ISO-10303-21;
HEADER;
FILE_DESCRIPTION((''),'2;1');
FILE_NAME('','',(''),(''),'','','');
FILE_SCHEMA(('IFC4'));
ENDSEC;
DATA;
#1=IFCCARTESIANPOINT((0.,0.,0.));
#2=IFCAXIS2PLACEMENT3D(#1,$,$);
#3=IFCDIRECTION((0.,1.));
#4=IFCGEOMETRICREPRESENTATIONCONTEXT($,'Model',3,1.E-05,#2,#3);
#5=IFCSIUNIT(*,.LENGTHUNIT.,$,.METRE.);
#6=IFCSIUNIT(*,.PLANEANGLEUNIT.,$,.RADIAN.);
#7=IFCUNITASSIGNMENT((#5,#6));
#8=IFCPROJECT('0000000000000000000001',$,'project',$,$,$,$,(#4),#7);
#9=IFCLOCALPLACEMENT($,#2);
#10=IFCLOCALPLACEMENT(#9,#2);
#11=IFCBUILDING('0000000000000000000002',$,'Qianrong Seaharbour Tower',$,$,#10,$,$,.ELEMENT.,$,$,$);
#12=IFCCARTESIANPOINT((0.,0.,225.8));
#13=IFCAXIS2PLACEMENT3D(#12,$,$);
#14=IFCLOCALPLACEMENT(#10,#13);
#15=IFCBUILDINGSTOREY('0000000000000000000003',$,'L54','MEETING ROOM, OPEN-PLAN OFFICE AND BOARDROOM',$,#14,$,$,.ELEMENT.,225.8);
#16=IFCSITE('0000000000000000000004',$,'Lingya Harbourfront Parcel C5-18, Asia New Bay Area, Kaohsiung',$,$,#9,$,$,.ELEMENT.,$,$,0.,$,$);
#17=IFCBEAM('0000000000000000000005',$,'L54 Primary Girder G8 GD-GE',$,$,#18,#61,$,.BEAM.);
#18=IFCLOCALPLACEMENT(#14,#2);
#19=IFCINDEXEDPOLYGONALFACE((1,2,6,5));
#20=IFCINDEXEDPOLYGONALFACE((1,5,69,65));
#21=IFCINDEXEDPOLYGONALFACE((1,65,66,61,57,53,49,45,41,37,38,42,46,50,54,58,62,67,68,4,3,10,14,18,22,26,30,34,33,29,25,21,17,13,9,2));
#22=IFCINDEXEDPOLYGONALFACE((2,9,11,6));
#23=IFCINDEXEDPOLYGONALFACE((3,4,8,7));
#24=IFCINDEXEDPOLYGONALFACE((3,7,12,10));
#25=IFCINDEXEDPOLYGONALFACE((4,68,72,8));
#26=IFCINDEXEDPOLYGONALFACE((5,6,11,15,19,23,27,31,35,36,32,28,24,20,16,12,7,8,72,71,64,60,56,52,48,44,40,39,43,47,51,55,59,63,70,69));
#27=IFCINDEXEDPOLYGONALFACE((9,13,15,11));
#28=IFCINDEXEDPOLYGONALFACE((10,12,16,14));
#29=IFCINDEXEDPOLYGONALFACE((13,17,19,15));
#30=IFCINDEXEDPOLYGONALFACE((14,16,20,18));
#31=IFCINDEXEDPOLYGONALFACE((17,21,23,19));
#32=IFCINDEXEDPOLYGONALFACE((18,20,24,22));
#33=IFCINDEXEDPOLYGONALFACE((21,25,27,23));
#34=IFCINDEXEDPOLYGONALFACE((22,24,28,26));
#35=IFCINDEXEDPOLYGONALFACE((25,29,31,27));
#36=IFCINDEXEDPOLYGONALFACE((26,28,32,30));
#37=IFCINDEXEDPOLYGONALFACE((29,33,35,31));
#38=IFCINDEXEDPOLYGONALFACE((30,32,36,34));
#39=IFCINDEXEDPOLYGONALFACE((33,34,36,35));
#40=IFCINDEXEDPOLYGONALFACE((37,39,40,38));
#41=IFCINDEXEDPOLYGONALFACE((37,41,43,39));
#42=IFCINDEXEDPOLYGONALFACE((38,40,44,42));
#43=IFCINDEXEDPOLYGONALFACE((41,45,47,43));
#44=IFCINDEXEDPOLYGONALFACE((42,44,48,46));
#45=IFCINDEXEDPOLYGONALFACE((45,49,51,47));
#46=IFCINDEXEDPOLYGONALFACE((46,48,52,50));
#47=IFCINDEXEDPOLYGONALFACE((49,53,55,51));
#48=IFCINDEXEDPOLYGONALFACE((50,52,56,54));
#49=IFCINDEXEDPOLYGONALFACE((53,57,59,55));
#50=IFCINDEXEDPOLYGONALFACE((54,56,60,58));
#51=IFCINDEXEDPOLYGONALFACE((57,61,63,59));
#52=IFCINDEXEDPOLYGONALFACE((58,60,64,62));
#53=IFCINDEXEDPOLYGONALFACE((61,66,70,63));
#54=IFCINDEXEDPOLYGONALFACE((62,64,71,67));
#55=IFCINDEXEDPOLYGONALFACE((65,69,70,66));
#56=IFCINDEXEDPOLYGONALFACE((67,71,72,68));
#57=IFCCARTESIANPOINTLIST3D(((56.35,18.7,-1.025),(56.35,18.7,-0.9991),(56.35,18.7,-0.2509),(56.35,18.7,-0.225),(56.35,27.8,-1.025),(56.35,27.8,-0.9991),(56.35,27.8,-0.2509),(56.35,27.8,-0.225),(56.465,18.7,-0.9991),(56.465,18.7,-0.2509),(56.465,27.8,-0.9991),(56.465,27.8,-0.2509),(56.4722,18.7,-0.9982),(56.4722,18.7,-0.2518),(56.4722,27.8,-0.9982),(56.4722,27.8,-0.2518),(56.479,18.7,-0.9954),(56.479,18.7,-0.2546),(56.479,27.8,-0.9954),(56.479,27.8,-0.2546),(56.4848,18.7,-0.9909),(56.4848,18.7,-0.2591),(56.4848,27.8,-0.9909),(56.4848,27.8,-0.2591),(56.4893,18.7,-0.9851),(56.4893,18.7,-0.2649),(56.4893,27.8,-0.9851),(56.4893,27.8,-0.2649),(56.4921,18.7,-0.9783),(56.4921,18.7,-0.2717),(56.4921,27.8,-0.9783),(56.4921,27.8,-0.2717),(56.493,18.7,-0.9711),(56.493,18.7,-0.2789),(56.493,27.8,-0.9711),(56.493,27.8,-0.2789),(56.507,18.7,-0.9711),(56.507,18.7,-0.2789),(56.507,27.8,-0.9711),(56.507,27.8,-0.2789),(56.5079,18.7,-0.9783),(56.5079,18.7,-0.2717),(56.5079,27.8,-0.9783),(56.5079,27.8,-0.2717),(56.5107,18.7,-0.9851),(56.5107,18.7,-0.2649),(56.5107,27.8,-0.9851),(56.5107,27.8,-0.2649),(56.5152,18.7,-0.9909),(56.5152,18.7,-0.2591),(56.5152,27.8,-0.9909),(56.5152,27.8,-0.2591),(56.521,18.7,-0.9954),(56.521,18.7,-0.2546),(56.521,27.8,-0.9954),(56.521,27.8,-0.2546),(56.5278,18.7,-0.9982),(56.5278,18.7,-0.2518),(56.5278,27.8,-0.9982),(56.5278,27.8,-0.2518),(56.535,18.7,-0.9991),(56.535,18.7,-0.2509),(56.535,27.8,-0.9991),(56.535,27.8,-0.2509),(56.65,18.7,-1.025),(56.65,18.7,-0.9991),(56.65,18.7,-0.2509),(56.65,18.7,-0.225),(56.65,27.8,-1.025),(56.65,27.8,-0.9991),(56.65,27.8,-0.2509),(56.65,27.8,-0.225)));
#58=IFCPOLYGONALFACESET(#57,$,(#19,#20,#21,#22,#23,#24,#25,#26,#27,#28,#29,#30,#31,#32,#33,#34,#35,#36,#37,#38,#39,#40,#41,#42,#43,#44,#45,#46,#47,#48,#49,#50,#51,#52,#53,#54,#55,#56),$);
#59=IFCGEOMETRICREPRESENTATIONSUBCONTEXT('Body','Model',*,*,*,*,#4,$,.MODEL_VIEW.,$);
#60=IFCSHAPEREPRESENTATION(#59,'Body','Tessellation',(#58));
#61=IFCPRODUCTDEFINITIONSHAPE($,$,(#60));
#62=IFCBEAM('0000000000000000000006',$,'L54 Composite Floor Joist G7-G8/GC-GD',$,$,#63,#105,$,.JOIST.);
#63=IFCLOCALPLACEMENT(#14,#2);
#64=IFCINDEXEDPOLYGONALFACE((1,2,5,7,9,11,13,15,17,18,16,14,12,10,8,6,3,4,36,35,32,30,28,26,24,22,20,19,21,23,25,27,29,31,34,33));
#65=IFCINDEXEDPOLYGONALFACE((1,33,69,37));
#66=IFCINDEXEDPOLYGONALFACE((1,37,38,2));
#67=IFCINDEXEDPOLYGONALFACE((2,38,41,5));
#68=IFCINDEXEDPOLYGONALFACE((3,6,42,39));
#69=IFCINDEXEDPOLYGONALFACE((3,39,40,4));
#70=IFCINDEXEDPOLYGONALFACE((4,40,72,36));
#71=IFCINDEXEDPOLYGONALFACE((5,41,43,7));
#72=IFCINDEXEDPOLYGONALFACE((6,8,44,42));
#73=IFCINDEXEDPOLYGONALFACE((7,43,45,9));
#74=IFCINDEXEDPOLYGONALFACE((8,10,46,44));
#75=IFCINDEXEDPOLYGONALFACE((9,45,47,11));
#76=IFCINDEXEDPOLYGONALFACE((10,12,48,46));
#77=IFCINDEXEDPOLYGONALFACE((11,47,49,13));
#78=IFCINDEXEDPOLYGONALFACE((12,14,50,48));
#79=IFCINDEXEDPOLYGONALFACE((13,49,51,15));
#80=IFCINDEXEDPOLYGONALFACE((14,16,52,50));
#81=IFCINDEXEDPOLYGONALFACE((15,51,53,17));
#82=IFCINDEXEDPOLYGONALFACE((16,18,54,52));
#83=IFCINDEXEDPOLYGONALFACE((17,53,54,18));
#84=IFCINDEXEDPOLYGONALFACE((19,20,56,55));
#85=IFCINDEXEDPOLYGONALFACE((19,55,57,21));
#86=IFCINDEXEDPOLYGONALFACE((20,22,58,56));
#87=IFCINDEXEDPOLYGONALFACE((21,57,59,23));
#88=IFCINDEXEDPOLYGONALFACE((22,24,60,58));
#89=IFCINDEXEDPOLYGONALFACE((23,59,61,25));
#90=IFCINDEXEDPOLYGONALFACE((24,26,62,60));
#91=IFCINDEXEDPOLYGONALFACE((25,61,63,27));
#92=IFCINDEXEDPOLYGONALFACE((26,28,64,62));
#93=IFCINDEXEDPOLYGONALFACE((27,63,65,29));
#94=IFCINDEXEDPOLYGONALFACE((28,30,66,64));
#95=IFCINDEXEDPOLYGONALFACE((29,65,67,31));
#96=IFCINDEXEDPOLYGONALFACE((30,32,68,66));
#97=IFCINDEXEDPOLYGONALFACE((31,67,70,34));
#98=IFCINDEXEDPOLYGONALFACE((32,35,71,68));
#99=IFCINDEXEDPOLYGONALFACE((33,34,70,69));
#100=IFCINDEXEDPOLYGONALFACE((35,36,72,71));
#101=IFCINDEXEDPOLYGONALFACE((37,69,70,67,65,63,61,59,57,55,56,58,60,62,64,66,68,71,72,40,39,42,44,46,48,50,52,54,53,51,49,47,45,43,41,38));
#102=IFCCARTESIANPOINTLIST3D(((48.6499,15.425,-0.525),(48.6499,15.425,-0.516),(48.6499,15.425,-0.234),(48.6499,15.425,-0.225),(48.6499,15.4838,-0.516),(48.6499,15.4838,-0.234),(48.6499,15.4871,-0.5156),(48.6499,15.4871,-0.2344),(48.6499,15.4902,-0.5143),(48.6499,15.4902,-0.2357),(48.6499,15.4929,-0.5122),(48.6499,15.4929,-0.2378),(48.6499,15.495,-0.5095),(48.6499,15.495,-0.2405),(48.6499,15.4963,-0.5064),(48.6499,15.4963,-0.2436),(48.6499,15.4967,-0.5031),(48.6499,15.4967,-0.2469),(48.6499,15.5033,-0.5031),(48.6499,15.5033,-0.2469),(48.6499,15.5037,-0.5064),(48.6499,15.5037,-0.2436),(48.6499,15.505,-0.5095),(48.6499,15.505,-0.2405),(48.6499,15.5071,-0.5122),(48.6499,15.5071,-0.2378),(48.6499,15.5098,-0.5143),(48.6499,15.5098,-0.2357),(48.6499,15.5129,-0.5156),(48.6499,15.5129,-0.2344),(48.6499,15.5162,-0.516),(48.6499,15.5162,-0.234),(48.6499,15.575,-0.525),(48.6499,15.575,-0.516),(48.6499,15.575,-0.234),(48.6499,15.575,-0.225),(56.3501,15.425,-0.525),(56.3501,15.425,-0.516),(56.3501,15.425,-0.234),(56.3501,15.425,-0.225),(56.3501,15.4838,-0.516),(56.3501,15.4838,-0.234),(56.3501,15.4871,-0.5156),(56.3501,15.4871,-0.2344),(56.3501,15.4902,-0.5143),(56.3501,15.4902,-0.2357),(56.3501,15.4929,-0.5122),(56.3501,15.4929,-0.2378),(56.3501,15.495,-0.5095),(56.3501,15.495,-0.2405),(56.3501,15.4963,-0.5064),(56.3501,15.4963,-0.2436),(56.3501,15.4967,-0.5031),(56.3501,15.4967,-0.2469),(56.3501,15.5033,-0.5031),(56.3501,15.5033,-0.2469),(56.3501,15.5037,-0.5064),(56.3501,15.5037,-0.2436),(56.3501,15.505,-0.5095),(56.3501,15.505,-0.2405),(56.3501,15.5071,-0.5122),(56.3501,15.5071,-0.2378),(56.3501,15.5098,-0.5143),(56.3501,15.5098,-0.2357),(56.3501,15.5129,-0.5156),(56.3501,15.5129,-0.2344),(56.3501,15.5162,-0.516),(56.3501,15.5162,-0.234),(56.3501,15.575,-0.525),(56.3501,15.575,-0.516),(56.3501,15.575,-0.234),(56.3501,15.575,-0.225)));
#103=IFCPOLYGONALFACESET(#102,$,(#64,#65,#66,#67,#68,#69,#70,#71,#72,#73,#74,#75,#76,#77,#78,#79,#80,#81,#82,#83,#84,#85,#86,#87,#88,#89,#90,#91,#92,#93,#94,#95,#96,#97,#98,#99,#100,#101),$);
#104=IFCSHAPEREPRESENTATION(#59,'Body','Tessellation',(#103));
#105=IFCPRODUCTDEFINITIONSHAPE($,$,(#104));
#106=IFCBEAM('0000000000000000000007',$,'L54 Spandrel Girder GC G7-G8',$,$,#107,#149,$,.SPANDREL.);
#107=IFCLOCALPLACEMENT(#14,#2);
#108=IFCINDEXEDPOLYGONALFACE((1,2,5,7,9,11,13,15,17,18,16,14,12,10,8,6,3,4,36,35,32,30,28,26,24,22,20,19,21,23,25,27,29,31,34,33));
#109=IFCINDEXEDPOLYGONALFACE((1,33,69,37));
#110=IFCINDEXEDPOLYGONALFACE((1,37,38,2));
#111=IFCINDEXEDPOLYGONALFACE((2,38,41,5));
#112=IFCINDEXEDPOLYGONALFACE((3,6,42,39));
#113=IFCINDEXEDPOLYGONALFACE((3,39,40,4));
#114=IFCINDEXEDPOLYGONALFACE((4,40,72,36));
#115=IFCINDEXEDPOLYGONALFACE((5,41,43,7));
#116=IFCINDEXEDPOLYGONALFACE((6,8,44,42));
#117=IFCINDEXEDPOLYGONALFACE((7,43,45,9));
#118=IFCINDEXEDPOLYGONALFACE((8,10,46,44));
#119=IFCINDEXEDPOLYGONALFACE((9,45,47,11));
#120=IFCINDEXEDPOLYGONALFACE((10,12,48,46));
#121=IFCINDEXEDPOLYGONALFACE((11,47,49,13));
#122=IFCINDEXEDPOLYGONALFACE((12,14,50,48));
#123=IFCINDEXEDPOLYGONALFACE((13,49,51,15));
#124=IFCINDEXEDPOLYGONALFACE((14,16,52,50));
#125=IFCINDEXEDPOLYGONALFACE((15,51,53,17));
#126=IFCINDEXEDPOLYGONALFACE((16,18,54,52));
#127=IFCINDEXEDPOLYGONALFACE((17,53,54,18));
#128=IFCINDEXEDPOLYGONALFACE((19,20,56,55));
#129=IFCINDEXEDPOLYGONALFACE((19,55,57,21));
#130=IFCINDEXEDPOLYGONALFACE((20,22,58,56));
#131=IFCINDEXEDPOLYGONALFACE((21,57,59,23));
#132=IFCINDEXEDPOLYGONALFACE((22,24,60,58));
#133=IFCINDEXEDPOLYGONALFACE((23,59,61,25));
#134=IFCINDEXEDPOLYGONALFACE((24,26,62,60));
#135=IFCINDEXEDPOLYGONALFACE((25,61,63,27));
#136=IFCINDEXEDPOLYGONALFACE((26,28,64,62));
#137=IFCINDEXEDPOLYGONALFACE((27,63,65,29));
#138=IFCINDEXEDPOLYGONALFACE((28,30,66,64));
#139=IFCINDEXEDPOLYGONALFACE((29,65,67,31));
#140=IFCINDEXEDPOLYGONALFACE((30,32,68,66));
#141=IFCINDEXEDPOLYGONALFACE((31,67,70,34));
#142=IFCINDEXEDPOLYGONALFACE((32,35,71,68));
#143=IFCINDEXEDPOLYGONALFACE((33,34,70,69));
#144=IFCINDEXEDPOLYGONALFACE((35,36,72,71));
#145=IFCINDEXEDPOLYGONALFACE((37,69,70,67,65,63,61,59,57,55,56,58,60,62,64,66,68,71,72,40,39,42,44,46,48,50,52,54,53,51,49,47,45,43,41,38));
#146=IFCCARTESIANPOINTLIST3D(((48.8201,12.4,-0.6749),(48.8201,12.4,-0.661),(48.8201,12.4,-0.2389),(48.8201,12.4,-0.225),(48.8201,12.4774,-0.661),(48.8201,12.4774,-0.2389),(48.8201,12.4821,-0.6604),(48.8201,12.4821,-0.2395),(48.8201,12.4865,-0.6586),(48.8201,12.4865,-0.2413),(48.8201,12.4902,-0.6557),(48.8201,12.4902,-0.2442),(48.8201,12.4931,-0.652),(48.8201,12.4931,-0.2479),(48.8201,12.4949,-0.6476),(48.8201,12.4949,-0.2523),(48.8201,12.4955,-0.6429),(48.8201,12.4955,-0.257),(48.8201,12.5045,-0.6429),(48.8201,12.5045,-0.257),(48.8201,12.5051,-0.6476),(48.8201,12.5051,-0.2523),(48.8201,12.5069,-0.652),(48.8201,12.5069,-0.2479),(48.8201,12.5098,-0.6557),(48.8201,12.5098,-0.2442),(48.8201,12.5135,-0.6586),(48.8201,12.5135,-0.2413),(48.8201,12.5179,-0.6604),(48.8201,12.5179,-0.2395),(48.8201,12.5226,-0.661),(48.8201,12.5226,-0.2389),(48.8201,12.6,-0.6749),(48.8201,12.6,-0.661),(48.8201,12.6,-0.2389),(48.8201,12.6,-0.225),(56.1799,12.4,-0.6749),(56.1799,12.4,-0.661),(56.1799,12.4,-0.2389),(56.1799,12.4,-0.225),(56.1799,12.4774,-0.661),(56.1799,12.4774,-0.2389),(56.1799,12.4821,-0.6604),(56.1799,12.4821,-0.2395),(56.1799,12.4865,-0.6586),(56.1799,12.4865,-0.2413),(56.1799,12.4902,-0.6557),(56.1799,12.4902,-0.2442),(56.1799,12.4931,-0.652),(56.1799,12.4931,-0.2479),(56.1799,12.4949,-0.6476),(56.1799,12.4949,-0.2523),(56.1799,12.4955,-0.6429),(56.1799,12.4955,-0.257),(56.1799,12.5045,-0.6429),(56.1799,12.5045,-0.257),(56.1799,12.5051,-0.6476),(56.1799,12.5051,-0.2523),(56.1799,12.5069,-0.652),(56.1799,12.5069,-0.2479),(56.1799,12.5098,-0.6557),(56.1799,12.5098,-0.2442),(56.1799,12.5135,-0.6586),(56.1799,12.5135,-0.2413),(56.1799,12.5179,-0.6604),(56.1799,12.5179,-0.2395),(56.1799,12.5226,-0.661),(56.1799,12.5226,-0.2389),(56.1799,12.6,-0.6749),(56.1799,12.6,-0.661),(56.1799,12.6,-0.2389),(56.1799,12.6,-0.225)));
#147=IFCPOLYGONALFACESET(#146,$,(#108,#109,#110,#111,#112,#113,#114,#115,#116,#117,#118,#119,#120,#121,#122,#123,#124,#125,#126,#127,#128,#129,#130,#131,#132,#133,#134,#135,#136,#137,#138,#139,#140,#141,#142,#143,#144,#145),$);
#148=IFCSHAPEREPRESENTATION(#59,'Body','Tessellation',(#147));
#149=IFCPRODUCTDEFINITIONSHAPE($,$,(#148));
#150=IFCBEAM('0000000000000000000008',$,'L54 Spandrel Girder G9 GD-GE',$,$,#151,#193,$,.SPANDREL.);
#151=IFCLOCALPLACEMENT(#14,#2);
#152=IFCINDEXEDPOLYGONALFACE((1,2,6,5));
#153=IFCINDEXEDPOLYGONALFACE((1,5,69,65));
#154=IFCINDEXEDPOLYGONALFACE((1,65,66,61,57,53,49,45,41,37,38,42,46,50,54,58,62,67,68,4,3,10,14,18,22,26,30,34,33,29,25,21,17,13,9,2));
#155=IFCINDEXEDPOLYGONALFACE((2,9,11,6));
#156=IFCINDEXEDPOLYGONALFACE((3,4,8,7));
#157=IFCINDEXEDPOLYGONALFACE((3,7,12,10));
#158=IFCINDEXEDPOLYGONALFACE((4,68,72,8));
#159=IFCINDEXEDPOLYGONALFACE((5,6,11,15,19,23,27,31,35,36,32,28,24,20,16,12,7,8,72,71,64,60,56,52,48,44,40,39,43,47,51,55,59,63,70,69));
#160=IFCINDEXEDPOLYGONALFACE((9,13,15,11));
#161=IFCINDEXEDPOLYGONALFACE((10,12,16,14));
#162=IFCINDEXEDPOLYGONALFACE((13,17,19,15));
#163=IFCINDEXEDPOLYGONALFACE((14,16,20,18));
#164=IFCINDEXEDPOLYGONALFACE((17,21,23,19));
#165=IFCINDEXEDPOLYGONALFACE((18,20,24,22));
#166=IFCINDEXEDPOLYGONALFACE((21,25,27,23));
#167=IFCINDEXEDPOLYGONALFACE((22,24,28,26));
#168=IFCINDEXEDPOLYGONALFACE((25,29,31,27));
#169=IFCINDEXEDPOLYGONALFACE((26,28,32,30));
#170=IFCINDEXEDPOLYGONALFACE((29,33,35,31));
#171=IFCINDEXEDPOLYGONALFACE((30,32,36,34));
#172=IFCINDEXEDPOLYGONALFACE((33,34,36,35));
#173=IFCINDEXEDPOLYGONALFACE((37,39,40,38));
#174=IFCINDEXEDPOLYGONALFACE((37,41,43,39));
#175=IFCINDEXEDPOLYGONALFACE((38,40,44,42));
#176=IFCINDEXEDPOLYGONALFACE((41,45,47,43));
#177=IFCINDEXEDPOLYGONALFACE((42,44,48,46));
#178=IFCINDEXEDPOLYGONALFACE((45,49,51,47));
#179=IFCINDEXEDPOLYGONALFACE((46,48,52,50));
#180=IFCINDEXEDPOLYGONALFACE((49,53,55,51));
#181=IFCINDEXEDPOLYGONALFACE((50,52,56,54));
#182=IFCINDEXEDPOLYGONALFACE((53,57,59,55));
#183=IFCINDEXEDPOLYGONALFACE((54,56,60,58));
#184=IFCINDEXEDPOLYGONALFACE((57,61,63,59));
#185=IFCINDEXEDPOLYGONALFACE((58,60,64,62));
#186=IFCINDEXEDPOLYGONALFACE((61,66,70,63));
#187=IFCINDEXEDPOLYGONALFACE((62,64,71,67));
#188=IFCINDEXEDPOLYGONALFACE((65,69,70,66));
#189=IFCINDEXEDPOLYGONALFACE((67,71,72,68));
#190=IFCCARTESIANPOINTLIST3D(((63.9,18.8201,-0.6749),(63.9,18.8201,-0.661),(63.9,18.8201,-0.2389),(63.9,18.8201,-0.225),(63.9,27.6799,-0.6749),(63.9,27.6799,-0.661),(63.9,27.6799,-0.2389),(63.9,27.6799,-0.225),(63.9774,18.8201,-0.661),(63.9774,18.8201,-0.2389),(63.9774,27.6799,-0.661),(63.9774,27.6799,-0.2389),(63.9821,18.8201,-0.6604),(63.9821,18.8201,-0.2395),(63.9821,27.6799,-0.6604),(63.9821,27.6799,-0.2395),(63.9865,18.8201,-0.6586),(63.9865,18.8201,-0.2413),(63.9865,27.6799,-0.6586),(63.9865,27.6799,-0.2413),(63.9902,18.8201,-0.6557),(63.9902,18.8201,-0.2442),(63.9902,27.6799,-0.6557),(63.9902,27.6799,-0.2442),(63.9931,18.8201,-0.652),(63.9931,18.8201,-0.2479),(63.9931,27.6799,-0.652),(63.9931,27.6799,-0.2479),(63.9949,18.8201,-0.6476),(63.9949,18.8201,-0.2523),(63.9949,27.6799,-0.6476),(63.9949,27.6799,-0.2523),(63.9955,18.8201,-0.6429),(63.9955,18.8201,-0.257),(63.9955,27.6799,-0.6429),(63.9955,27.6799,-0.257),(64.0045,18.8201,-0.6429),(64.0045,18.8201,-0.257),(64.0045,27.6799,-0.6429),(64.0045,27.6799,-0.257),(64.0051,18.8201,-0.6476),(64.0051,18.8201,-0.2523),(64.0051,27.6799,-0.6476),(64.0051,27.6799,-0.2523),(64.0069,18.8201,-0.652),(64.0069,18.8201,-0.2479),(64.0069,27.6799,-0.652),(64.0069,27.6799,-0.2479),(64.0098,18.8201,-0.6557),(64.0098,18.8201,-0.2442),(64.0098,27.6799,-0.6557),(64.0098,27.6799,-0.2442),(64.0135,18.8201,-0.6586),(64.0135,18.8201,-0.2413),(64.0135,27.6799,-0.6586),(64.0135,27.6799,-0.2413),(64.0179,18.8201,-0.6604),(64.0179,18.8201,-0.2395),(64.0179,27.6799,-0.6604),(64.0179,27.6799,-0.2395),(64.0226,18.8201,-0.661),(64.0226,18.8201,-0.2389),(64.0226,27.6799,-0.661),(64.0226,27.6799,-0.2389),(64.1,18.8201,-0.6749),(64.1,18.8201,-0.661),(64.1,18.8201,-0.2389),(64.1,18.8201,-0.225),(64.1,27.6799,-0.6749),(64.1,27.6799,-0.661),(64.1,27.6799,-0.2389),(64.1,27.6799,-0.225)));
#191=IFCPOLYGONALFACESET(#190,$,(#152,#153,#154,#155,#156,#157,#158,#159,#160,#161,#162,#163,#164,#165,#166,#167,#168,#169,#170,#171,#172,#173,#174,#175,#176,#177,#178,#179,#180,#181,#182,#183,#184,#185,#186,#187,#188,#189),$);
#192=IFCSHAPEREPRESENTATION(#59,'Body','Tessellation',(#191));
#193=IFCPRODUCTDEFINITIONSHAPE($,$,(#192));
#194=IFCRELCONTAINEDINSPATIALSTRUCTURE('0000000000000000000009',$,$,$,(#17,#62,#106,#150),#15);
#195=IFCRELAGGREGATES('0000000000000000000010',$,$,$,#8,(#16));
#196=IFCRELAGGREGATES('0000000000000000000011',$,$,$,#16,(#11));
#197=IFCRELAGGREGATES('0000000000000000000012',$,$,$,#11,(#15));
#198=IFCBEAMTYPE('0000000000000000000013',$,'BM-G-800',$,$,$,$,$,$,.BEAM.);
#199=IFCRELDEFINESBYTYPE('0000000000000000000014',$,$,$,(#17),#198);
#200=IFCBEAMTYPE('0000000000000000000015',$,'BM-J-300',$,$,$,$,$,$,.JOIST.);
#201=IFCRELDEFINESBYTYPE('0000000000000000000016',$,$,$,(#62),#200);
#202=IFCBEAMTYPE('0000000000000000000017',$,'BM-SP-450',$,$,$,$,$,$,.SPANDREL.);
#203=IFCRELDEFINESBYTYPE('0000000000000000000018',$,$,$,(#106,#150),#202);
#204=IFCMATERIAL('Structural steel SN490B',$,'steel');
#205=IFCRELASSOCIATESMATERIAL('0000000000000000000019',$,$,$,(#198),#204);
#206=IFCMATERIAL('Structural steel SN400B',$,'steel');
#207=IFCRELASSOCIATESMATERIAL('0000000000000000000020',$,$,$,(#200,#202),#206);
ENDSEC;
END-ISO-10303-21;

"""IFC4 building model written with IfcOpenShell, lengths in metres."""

from ifc_helpers import new_model, si_unit, direction, frame, origin, origin_2d, place, context, subcontext, project, spatial, i_section, extrude, material, material_profile, profile_set, type_object, element, save


model = new_model("IFC4")

# Units and contexts
model_context = context("Model", 3, precision=1e-05, world=origin(), true_north=direction((0.0, 1.0)))
body_context = subcontext(model_context, "Body", "Model", "MODEL_VIEW")
ifc_project = project(units=[si_unit("LENGTHUNIT", "METRE"), si_unit("PLANEANGLEUNIT", "RADIAN")], contexts=[model_context])

# Site, building, storey
site_placement = place(None, origin())
site = spatial("IfcSite", under=ifc_project, at=site_placement, Name="Lingya Harbourfront Parcel C5-18, Asia New Bay Area, Kaohsiung", CompositionType="ELEMENT", RefElevation=0.0)
building_placement = place(site_placement, origin())
building = spatial("IfcBuilding", under=site, at=building_placement, Name="Qianrong Seaharbour Tower", CompositionType="ELEMENT")
storey_placement = place(building_placement, frame((0.0, 0.0, 225.8)))
storey = spatial("IfcBuildingStorey", under=building, at=storey_placement, Name="L54", Description="MEETING ROOM, OPEN-PLAN OFFICE AND BOARDROOM", CompositionType="ELEMENT", Elevation=225.8)

# Shared definitions
ifc_material_1 = material(Name="Structural steel SN490B", Category="steel")

# Beams
ifc_material_profile_1 = material_profile(ifc_material_1, i_section(OverallWidth=0.3, OverallDepth=0.8, WebThickness=0.0139, FlangeThickness=0.0259, FilletRadius=0.0281, at=origin_2d()), Name="H800x300x14x26")
ifc_profile_set_1 = profile_set([ifc_material_profile_1], Name="Structural steel SN490B")
beam_type_1 = type_object("IfcBeamType", Name="BM-G-800", PredefinedType="BEAM", material=ifc_profile_set_1)
for number, where, z_axis, x_axis, name in (
    (1, (56.5, 18.7, -0.625), (0.0, 1.0, 0.0), (-1.0, 0.0, 0.0), "L54 Primary Girder G8 GD-GE"),
):
    element("IfcBeam", number, at=place(storey_placement, frame(where, z_axis=z_axis, x_axis=x_axis)), inside=storey, type_object=beam_type_1, Name=name, PredefinedType="BEAM", context=body_context, shape_type="SweptSolid", body=[
        extrude(i_section(OverallWidth=0.3, OverallDepth=0.8, WebThickness=0.0139, FlangeThickness=0.0259, FilletRadius=0.0281, at=origin_2d()), origin(), (0.0, 0.0, 1.0), 9.1001),
    ])
ifc_material_2 = material(Name="Structural steel SN400B", Category="steel")
ifc_material_profile_2 = material_profile(ifc_material_2, i_section(OverallWidth=0.1499, OverallDepth=0.3, WebThickness=0.0066, FlangeThickness=0.009, FilletRadius=0.0129, at=origin_2d()), Name="H300x150x6.5x9")
ifc_profile_set_2 = profile_set([ifc_material_profile_2], Name="Structural steel SN400B")
beam_type_2 = type_object("IfcBeamType", Name="BM-J-300", PredefinedType="JOIST", material=ifc_profile_set_2)
beam_1_placement = place(storey_placement, frame((48.6499, 15.5, -0.375), z_axis=(1.0, 0.0, 0.0), x_axis=(0.0, 1.0, 0.0)))
element("IfcBeam", 2, at=beam_1_placement, inside=storey, type_object=beam_type_2, Name="L54 Composite Floor Joist G7-G8/GC-GD", PredefinedType="JOIST", context=body_context, shape_type="SweptSolid", body=[
    extrude(i_section(OverallWidth=0.1499, OverallDepth=0.3, WebThickness=0.0066, FlangeThickness=0.009, FilletRadius=0.0129, at=origin_2d()), origin(), (0.0, 0.0, 1.0), 7.7002),
])
ifc_material_profile_3 = material_profile(ifc_material_2, i_section(OverallWidth=0.2, OverallDepth=0.45, WebThickness=0.009, FlangeThickness=0.0139, FilletRadius=0.0181, at=origin_2d()), Name="H450x200x9x14")
ifc_profile_set_3 = profile_set([ifc_material_profile_3], Name="Structural steel SN400B")
beam_type_3 = type_object("IfcBeamType", Name="BM-SP-450", PredefinedType="SPANDREL", material=ifc_profile_set_3)
beam_2_placement = place(storey_placement, frame((48.8201, 12.5, -0.45), z_axis=(1.0, 0.0, 0.0), x_axis=(0.0, 1.0, 0.0)))
element("IfcBeam", 3, at=beam_2_placement, inside=storey, type_object=beam_type_3, Name="L54 Spandrel Girder GC G7-G8", PredefinedType="SPANDREL", context=body_context, shape_type="SweptSolid", body=[
    extrude(i_section(OverallWidth=0.2, OverallDepth=0.45, WebThickness=0.009, FlangeThickness=0.0139, FilletRadius=0.0181, at=origin_2d()), origin(), (0.0, 0.0, 1.0), 7.3599),
])
beam_3_placement = place(storey_placement, frame((64.0, 18.8201, -0.45), z_axis=(0.0, 1.0, 0.0), x_axis=(-1.0, 0.0, 0.0)))
element("IfcBeam", 4, at=beam_3_placement, inside=storey, type_object=beam_type_3, Name="L54 Spandrel Girder G9 GD-GE", PredefinedType="SPANDREL", context=body_context, shape_type="SweptSolid", body=[
    extrude(i_section(OverallWidth=0.2, OverallDepth=0.45, WebThickness=0.009, FlangeThickness=0.0139, FilletRadius=0.0181, at=origin_2d()), origin(), (0.0, 0.0, 1.0), 8.8599),
])

save(model, "model.ifc")
